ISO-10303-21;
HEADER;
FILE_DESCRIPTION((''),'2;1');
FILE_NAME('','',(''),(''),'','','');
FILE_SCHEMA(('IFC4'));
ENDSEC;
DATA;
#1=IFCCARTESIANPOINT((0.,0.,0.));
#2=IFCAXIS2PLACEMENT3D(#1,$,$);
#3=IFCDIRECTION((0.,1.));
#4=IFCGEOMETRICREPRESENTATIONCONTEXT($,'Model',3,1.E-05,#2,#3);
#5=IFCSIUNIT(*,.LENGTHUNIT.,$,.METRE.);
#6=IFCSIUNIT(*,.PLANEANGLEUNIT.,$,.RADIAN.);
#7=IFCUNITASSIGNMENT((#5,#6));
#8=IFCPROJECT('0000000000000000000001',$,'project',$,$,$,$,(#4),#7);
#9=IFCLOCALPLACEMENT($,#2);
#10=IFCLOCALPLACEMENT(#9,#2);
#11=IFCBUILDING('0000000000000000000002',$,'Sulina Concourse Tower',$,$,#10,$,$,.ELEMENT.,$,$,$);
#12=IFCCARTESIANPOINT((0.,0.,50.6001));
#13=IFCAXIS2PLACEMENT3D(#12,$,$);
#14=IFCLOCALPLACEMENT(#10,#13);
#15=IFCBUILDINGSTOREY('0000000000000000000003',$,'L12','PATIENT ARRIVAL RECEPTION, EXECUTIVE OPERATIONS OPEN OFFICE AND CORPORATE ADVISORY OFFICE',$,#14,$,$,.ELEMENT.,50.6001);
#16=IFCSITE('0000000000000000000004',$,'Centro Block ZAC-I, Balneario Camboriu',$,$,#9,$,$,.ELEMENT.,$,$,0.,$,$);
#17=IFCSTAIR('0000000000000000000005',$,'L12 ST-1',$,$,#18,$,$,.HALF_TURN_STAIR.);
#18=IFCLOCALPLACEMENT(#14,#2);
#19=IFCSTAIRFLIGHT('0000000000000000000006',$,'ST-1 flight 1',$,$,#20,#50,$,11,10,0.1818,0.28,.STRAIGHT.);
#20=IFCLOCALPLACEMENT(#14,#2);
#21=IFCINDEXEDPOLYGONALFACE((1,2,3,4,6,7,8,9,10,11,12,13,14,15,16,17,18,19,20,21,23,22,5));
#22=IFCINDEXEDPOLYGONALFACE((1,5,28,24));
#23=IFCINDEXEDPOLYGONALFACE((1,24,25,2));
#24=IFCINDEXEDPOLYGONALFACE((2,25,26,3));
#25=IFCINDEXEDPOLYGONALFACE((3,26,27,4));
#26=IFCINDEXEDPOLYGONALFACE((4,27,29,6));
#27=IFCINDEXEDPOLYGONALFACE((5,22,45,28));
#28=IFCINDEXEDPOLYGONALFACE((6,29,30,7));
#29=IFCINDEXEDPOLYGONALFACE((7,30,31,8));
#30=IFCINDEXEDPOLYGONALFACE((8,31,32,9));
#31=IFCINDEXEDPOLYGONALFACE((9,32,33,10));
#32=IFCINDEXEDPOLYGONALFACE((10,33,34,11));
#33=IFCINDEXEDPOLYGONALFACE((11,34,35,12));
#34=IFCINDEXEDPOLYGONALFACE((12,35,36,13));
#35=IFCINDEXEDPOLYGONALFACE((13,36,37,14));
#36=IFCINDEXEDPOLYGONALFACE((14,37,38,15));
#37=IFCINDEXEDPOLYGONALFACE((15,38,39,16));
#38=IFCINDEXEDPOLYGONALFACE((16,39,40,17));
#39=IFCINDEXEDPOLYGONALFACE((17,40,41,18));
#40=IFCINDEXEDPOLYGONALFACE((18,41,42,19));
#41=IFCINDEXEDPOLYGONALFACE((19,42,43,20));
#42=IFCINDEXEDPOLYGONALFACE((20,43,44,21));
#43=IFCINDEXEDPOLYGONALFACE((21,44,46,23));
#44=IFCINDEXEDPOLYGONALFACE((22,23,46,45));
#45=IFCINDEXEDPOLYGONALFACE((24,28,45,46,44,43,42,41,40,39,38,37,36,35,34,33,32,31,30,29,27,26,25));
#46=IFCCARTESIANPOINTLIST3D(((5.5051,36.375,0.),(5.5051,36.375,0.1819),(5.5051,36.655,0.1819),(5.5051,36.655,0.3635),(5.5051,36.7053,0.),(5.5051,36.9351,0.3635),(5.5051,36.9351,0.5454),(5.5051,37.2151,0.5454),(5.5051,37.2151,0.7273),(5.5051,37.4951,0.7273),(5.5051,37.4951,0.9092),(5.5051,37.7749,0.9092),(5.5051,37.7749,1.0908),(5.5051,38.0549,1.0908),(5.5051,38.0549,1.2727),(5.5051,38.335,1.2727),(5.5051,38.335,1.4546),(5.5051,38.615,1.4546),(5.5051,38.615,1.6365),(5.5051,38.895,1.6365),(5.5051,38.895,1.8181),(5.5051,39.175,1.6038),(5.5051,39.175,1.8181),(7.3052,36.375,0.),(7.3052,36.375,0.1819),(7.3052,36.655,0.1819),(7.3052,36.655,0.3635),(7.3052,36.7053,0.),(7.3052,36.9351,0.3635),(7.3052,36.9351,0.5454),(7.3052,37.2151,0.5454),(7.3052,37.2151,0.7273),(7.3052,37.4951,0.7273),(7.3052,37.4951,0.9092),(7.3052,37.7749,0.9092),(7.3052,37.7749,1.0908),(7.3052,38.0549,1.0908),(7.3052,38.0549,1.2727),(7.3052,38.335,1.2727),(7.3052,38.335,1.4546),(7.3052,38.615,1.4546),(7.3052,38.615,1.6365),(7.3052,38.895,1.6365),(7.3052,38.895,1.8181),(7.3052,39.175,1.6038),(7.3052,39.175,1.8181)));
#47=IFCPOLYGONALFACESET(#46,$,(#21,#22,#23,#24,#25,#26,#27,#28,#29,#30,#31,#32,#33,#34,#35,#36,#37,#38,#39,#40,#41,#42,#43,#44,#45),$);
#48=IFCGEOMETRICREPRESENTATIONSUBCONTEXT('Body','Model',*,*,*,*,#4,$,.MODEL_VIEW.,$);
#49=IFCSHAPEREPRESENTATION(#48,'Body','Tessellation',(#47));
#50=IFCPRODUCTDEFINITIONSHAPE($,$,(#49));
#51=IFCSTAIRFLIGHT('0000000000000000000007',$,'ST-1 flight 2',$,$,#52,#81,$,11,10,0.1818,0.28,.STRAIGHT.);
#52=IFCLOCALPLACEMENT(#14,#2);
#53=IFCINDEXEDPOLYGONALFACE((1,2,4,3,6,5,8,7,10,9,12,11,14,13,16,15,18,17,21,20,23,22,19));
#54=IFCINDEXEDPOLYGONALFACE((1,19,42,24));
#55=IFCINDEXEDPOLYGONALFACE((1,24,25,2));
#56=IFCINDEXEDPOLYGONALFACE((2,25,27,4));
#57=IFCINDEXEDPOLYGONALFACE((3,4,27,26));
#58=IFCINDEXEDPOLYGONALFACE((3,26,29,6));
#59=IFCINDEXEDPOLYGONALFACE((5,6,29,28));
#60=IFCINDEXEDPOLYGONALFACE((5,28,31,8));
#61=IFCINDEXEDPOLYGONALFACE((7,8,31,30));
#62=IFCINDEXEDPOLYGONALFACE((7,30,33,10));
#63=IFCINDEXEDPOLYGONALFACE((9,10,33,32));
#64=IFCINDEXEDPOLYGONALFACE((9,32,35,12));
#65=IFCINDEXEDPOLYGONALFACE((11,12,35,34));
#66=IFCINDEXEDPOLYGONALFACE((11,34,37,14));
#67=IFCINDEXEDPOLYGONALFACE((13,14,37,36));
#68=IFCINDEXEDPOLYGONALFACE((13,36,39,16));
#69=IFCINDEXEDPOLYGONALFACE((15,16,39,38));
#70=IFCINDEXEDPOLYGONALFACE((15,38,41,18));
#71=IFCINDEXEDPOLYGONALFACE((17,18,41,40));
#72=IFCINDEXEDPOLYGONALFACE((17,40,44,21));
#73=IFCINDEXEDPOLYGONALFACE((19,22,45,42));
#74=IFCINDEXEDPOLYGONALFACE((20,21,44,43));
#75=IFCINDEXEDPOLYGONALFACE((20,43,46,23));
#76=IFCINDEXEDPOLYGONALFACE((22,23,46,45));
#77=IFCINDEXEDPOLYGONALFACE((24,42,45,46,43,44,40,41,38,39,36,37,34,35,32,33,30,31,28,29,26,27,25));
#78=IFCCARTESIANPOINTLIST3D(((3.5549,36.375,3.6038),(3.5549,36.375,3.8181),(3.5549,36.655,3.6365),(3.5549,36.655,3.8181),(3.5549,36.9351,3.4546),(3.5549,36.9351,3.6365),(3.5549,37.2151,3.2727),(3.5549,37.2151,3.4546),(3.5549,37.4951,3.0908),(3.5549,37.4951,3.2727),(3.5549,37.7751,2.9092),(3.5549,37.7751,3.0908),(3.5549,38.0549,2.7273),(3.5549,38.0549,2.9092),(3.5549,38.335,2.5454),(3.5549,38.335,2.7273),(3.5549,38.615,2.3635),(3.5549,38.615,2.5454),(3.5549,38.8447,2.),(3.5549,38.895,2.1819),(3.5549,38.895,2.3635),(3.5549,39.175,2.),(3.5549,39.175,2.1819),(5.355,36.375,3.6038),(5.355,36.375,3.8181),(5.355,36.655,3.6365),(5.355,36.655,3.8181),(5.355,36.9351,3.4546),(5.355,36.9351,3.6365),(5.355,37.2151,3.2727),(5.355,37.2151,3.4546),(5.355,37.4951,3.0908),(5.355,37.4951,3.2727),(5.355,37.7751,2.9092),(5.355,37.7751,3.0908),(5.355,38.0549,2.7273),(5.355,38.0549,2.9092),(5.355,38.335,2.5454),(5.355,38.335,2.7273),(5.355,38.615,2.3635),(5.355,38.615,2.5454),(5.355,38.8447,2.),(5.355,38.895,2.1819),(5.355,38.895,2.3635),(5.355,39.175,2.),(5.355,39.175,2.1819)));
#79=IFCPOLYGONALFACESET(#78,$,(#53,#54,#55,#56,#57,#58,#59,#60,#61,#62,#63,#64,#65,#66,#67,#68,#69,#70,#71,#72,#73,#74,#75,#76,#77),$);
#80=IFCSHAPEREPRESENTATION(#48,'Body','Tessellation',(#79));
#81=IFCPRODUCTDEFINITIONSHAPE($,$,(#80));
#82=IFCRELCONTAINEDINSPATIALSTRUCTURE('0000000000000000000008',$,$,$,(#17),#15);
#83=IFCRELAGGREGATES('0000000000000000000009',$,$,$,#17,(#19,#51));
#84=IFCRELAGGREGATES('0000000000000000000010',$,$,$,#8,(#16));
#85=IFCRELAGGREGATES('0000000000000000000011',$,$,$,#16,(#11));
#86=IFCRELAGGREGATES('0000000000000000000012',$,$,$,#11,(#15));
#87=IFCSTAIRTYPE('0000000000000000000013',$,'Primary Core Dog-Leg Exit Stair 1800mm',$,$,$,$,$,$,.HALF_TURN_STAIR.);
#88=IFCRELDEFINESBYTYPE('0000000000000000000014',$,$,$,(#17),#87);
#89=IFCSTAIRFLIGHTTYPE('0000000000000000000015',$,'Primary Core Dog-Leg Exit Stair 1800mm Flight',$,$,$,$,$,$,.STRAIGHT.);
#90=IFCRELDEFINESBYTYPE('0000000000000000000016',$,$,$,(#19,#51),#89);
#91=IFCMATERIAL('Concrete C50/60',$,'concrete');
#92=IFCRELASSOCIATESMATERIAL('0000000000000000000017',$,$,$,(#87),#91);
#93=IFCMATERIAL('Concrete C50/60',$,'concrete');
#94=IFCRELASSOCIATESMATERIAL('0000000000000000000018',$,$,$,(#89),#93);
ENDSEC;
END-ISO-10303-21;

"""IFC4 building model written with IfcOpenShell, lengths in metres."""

from ifc_helpers import new_model, si_unit, direction, frame, origin, place, context, subcontext, project, spatial, polyline, outline, extrude, material, type_object, element, aggregate, save


model = new_model("IFC4")

# Units and contexts
model_context = context("Model", 3, precision=1e-05, world=origin(), true_north=direction((0.0, 1.0)))
body_context = subcontext(model_context, "Body", "Model", "MODEL_VIEW")
ifc_project = project(units=[si_unit("LENGTHUNIT", "METRE"), si_unit("PLANEANGLEUNIT", "RADIAN")], contexts=[model_context])

# Site, building, storey
site_placement = place(None, origin())
site = spatial("IfcSite", under=ifc_project, at=site_placement, Name="Centro Block ZAC-I, Balneario Camboriu", CompositionType="ELEMENT", RefElevation=0.0)
building_placement = place(site_placement, origin())
building = spatial("IfcBuilding", under=site, at=building_placement, Name="Sulina Concourse Tower", CompositionType="ELEMENT")
storey_placement = place(building_placement, frame((0.0, 0.0, 50.6001)))
storey = spatial("IfcBuildingStorey", under=building, at=storey_placement, Name="L12", Description="PATIENT ARRIVAL RECEPTION, EXECUTIVE OPERATIONS OPEN OFFICE AND CORPORATE ADVISORY OFFICE", CompositionType="ELEMENT", Elevation=50.6001)

# Stair, stair flights
ifc_material_1 = material(Name="Concrete C50/60", Category="concrete")
stair_type = type_object("IfcStairType", Name="Primary Core Dog-Leg Exit Stair 1800mm", PredefinedType="HALF_TURN_STAIR", material=ifc_material_1)
stair_placement = place(storey_placement, origin())
stair = element("IfcStair", 1, at=stair_placement, inside=storey, type_object=stair_type, Name="L12 ST-1", PredefinedType="HALF_TURN_STAIR")
ifc_material_2 = material(Name="Concrete C50/60", Category="concrete")
stair_flight_type = type_object("IfcStairFlightType", Name="Primary Core Dog-Leg Exit Stair 1800mm Flight", PredefinedType="STRAIGHT", material=ifc_material_2)
stair_flight_1_placement = place(storey_placement, frame((6.405, 36.375, 0.0), z_axis=(0.0, 0.0, 1.0), x_axis=(0.0, 1.0, 0.0)))
stair_flight_1 = element("IfcStairFlight", 2, at=stair_flight_1_placement, type_object=stair_flight_type, Name="ST-1 flight 1", NumberOfRisers=11, NumberOfTreads=10, PredefinedType="STRAIGHT", RiserHeight=0.1818, TreadLength=0.28, context=body_context, shape_type="SweptSolid", body=[
    extrude(outline(polyline([(0.0, 0.0), (0.0, 0.1819), (0.28, 0.1819), (0.28, 0.3635), (0.5601, 0.3635), (0.5601, 0.5454), (0.8401, 0.5454), (0.8401, 0.7273), (1.1201, 0.7273), (1.1201, 0.9092), (1.3999, 0.9092), (1.3999, 1.0908), (1.6799, 1.0908), (1.6799, 1.2727), (1.96, 1.2727), (1.96, 1.4546), (2.24, 1.4546), (2.24, 1.6365), (2.52, 1.6365), (2.52, 1.8181), (2.8, 1.8181), (2.8, 2.0), (2.8, 1.6038), (0.3303, 0.0), (0.0, 0.0)])), frame((0.0, 0.8999, 0.0), z_axis=(0.0, -1.0, 0.0), x_axis=(1.0, 0.0, 0.0)), (0.0, 0.0, 1.0), 1.8),
])
stair_flight_2_placement = place(storey_placement, frame((4.4551, 39.175, 2.0), z_axis=(0.0, 0.0, 1.0), x_axis=(0.0, -1.0, 0.0)))
stair_flight_2 = element("IfcStairFlight", 3, at=stair_flight_2_placement, type_object=stair_flight_type, Name="ST-1 flight 2", NumberOfRisers=11, NumberOfTreads=10, PredefinedType="STRAIGHT", RiserHeight=0.1818, TreadLength=0.28, context=body_context, shape_type="SweptSolid", body=[
    extrude(outline(polyline([(0.0, 0.0), (0.0, 0.1819), (0.28, 0.1819), (0.28, 0.3635), (0.5601, 0.3635), (0.5601, 0.5454), (0.8401, 0.5454), (0.8401, 0.7273), (1.1201, 0.7273), (1.1201, 0.9092), (1.3999, 0.9092), (1.3999, 1.0908), (1.6799, 1.0908), (1.6799, 1.2727), (1.96, 1.2727), (1.96, 1.4546), (2.24, 1.4546), (2.24, 1.6365), (2.52, 1.6365), (2.52, 1.8181), (2.8, 1.8181), (2.8, 2.0), (2.8, 1.6038), (0.3303, 0.0), (0.0, 0.0)])), frame((0.0, 0.8999, 0.0), z_axis=(0.0, -1.0, 0.0), x_axis=(1.0, 0.0, 0.0)), (0.0, 0.0, 1.0), 1.8),
])
aggregate(stair, [stair_flight_1, stair_flight_2])

save(model, "model.ifc")
